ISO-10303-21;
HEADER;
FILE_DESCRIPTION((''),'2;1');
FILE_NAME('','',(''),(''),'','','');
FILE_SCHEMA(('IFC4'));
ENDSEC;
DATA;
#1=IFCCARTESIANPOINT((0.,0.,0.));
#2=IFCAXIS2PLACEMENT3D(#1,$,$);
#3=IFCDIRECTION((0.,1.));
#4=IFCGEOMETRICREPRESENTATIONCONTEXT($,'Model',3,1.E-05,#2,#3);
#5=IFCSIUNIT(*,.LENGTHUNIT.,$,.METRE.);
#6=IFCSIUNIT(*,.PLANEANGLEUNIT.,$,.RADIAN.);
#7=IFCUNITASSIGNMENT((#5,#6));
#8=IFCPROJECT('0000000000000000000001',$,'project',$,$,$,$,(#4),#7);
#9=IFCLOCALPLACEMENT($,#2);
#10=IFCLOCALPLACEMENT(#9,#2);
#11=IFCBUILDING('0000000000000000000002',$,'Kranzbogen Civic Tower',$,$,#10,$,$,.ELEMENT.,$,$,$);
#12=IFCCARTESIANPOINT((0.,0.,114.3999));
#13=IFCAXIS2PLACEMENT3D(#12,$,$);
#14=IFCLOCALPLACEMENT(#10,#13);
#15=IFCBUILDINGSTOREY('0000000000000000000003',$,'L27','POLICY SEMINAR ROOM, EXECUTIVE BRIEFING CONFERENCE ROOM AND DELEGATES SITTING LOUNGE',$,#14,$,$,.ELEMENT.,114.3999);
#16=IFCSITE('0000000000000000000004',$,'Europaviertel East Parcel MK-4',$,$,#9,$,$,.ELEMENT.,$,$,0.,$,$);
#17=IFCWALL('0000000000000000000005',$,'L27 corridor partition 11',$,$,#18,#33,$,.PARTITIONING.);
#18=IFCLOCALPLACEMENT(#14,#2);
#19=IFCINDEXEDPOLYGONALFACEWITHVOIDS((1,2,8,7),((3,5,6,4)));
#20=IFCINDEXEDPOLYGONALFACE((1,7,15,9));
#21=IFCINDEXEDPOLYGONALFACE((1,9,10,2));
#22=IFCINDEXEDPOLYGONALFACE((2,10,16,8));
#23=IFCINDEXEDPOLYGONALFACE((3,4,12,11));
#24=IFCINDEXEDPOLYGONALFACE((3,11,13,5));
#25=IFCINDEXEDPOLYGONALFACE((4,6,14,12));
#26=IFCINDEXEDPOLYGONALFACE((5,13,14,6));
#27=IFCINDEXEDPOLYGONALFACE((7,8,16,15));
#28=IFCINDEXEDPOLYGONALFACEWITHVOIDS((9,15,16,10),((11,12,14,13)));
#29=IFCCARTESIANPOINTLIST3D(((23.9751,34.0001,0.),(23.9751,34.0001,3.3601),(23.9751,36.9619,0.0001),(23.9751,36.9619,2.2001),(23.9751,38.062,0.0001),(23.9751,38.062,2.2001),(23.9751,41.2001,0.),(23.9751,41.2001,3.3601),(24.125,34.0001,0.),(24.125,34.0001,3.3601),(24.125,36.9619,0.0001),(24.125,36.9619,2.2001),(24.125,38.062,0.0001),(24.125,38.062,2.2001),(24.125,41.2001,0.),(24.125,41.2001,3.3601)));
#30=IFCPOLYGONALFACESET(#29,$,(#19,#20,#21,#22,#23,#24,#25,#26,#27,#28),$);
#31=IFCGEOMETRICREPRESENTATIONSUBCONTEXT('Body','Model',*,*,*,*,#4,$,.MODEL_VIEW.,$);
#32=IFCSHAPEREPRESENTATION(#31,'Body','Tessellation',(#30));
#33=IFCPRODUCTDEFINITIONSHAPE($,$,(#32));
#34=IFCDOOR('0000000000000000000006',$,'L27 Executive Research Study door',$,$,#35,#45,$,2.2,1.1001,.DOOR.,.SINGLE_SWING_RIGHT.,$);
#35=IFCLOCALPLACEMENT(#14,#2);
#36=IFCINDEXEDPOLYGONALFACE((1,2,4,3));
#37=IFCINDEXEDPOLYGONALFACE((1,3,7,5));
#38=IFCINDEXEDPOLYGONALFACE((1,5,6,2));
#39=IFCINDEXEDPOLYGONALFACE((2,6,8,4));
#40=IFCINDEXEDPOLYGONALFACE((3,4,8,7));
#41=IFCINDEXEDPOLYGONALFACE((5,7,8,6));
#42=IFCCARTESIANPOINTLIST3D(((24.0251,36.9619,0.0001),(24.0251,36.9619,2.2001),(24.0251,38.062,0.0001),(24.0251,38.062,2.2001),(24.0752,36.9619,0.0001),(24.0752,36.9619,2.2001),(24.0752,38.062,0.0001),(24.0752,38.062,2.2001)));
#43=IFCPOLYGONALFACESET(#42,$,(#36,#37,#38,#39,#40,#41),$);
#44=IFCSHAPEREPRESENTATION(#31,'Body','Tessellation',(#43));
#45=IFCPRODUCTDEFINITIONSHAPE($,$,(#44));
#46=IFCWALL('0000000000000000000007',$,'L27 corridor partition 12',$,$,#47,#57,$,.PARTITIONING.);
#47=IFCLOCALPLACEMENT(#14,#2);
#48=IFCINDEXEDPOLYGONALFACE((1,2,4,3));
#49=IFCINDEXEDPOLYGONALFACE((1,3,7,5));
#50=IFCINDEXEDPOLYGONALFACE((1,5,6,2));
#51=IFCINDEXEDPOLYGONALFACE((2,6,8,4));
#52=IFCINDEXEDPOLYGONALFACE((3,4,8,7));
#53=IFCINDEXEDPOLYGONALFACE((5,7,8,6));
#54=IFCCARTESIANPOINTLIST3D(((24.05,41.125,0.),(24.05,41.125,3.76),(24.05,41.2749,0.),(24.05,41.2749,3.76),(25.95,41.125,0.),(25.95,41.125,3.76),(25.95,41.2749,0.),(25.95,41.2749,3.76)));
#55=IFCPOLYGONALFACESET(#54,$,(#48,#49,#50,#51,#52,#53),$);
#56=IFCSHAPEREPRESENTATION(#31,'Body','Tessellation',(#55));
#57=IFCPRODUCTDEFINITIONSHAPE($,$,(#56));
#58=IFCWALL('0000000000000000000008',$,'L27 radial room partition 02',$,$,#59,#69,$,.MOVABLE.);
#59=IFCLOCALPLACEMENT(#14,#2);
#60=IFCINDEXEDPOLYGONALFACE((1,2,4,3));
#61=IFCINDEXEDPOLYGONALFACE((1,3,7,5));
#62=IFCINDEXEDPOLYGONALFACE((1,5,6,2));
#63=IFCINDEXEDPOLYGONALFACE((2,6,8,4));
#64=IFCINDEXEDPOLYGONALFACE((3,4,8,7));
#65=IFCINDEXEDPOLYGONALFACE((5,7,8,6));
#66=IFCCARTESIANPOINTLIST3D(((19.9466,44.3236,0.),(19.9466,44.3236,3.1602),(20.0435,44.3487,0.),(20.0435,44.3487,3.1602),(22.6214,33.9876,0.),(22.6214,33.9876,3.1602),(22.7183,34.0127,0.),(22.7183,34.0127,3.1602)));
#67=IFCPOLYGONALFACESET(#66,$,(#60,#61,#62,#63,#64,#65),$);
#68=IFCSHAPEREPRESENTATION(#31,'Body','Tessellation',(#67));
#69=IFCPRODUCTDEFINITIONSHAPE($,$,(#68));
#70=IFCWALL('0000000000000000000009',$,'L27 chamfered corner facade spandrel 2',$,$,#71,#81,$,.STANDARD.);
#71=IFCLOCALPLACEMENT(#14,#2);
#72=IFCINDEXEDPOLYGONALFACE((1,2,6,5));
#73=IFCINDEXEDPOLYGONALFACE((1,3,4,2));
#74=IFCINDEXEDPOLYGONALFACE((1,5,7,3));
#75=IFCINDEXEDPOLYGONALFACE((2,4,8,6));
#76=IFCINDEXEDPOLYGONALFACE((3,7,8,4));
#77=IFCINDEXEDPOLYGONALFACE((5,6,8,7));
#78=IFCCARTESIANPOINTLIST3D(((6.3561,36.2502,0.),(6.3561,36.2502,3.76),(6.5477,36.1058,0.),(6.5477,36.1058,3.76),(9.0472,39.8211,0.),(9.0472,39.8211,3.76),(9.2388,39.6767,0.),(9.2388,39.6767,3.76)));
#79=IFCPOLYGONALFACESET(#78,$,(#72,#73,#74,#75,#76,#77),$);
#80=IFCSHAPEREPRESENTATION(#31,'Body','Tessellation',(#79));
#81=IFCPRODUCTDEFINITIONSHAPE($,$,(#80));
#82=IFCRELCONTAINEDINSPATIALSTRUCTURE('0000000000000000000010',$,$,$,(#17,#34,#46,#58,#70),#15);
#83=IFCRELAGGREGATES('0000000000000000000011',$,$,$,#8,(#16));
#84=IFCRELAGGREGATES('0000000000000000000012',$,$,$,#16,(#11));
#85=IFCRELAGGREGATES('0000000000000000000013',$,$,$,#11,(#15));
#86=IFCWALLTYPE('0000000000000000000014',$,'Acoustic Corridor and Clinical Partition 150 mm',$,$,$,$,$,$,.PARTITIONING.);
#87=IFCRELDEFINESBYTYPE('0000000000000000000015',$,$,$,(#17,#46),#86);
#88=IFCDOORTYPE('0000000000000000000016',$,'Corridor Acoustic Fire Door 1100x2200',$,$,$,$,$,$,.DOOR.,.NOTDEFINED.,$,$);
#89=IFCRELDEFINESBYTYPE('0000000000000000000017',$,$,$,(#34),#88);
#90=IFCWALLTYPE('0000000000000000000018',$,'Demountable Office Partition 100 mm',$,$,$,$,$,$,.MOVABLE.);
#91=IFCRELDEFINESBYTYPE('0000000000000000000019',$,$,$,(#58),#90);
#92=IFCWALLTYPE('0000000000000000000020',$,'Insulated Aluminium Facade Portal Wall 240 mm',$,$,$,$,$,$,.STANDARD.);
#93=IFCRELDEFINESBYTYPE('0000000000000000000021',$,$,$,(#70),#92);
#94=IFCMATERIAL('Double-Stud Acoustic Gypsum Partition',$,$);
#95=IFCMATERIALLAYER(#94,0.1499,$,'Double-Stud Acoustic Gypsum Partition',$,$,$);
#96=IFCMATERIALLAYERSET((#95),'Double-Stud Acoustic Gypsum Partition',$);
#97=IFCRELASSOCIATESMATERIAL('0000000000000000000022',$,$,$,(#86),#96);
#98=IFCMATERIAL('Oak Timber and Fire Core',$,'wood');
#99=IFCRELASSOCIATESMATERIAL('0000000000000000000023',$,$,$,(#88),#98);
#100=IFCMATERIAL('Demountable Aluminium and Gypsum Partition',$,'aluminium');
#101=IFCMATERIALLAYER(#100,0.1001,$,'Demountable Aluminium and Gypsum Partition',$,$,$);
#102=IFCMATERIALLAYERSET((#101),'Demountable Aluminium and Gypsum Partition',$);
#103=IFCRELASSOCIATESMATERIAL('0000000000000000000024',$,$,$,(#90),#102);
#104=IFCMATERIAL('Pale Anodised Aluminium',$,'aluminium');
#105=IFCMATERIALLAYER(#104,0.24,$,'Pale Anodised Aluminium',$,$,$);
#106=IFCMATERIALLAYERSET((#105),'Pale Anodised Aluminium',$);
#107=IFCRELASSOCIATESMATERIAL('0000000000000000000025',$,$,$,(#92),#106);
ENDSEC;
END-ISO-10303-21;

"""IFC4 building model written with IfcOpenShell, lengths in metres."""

from ifc_helpers import new_model, si_unit, direction, frame, frame_2d, origin, place, context, subcontext, project, spatial, rectangle, extrude, material, layer, layer_set, type_object, element, fill, save


model = new_model("IFC4")

# Units and contexts
model_context = context("Model", 3, precision=1e-05, world=origin(), true_north=direction((0.0, 1.0)))
body_context = subcontext(model_context, "Body", "Model", "MODEL_VIEW")
ifc_project = project(units=[si_unit("LENGTHUNIT", "METRE"), si_unit("PLANEANGLEUNIT", "RADIAN")], contexts=[model_context])

# Site, building, storey
site_placement = place(None, origin())
site = spatial("IfcSite", under=ifc_project, at=site_placement, Name="Europaviertel East Parcel MK-4", CompositionType="ELEMENT", RefElevation=0.0)
building_placement = place(site_placement, origin())
building = spatial("IfcBuilding", under=site, at=building_placement, Name="Kranzbogen Civic Tower", CompositionType="ELEMENT")
storey_placement = place(building_placement, frame((0.0, 0.0, 114.3999)))
storey = spatial("IfcBuildingStorey", under=building, at=storey_placement, Name="L27", Description="POLICY SEMINAR ROOM, EXECUTIVE BRIEFING CONFERENCE ROOM AND DELEGATES SITTING LOUNGE", CompositionType="ELEMENT", Elevation=114.3999)

# Shared definitions
ifc_material_1 = material(Name="Pale Anodised Aluminium", Category="aluminium")

# Shared definitions
ifc_material_2 = material(Name="Double-Stud Acoustic Gypsum Partition")
ifc_layer_1 = layer(ifc_material_2, 0.1499, Name="Double-Stud Acoustic Gypsum Partition")
ifc_layer_set_1 = layer_set([ifc_layer_1], Name="Double-Stud Acoustic Gypsum Partition")
wall_type_1 = type_object("IfcWallType", Name="Acoustic Corridor and Clinical Partition 150 mm", PredefinedType="PARTITIONING", material=ifc_layer_set_1)

# Wall, opening, door
wall_1_placement = place(storey_placement, frame((24.05, 34.0, 0.0), z_axis=(0.0, 0.0, 1.0), x_axis=(0.0, 1.0, 0.0)))
wall_1 = element("IfcWall", 1, at=wall_1_placement, inside=storey, type_object=wall_type_1, Name="L27 corridor partition 11", PredefinedType="PARTITIONING", context=body_context, shape_type="SweptSolid", body=[
    extrude(rectangle(XDim=7.2, YDim=0.1499, at=frame_2d((3.6001, 0.0))), origin(), (0.0, 0.0, 1.0), 3.3601),
])
opening_placement = place(wall_1_placement, frame((2.9619, 0.0, 0.0)))
opening = element("IfcOpeningElement", 2, at=opening_placement, cuts=wall_1, PredefinedType="OPENING", context=body_context, shape_type="SweptSolid", body=[
    extrude(rectangle(XDim=1.1001, YDim=2.2, at=frame_2d((0.55, 1.1001))), frame((0.0, 0.085, 0.0), z_axis=(0.0, -1.0, 0.0), x_axis=(1.0, 0.0, 0.0)), (0.0, 0.0, 1.0), 0.1699),
])
ifc_material_3 = material(Name="Oak Timber and Fire Core", Category="wood")
door_type = type_object("IfcDoorType", Name="Corridor Acoustic Fire Door 1100x2200", OperationType="NOTDEFINED", PredefinedType="DOOR", material=ifc_material_3)
door_placement = place(opening_placement, origin())
door = element("IfcDoor", 3, at=door_placement, inside=storey, type_object=door_type, Name="L27 Executive Research Study door", OperationType="SINGLE_SWING_RIGHT", OverallHeight=2.2, OverallWidth=1.1001, PredefinedType="DOOR", context=body_context, shape_type="SweptSolid", body=[
    extrude(rectangle(XDim=1.1001, YDim=2.2, at=frame_2d((0.55, 1.1001))), frame((0.0, 0.0249, 0.0), z_axis=(0.0, -1.0, 0.0), x_axis=(1.0, 0.0, 0.0)), (0.0, 0.0, 1.0), 0.05),
])
fill(opening, door)

# Walls
wall_2_placement = place(storey_placement, frame((24.05, 41.2, 0.0), z_axis=(0.0, 0.0, 1.0), x_axis=(1.0, 0.0, 0.0)))
element("IfcWall", 4, at=wall_2_placement, inside=storey, type_object=wall_type_1, Name="L27 corridor partition 12", PredefinedType="PARTITIONING", context=body_context, shape_type="SweptSolid", body=[
    extrude(rectangle(XDim=1.8999, YDim=0.1499, at=frame_2d((0.95, 0.0))), origin(), (0.0, 0.0, 1.0), 3.76),
])
ifc_material_4 = material(Name="Demountable Aluminium and Gypsum Partition", Category="aluminium")
ifc_layer_2 = layer(ifc_material_4, 0.1001, Name="Demountable Aluminium and Gypsum Partition")
ifc_layer_set_2 = layer_set([ifc_layer_2], Name="Demountable Aluminium and Gypsum Partition")
wall_type_2 = type_object("IfcWallType", Name="Demountable Office Partition 100 mm", PredefinedType="MOVABLE", material=ifc_layer_set_2)
wall_3_placement = place(storey_placement, frame((22.6699, 34.0, 0.0), z_axis=(0.0, 0.0, 1.0), x_axis=(-0.250534, 0.968108, 0.0)))
element("IfcWall", 5, at=wall_3_placement, inside=storey, type_object=wall_type_2, Name="L27 radial room partition 02", PredefinedType="MOVABLE", context=body_context, shape_type="SweptSolid", body=[
    extrude(rectangle(XDim=10.6765, YDim=0.1001, at=frame_2d((5.3384, 0.0))), origin(), (0.0, 0.0, 1.0), 3.1602),
])
ifc_layer_3 = layer(ifc_material_1, 0.24, Name="Pale Anodised Aluminium")
ifc_layer_set_3 = layer_set([ifc_layer_3], Name="Pale Anodised Aluminium")
wall_type_3 = type_object("IfcWallType", Name="Insulated Aluminium Facade Portal Wall 240 mm", PredefinedType="STANDARD", material=ifc_layer_set_3)
wall_4_placement = place(storey_placement, frame((9.1431, 39.749, 0.0), z_axis=(0.0, 0.0, 1.0), x_axis=(-0.601842, -0.798615, 0.0)))
element("IfcWall", 6, at=wall_4_placement, inside=storey, type_object=wall_type_3, Name="L27 chamfered corner facade spandrel 2", PredefinedType="STANDARD", context=body_context, shape_type="SweptSolid", body=[
    extrude(rectangle(XDim=4.4714, YDim=0.24, at=frame_2d((2.2358, 0.0))), origin(), (0.0, 0.0, 1.0), 3.76),
])

save(model, "model.ifc")
